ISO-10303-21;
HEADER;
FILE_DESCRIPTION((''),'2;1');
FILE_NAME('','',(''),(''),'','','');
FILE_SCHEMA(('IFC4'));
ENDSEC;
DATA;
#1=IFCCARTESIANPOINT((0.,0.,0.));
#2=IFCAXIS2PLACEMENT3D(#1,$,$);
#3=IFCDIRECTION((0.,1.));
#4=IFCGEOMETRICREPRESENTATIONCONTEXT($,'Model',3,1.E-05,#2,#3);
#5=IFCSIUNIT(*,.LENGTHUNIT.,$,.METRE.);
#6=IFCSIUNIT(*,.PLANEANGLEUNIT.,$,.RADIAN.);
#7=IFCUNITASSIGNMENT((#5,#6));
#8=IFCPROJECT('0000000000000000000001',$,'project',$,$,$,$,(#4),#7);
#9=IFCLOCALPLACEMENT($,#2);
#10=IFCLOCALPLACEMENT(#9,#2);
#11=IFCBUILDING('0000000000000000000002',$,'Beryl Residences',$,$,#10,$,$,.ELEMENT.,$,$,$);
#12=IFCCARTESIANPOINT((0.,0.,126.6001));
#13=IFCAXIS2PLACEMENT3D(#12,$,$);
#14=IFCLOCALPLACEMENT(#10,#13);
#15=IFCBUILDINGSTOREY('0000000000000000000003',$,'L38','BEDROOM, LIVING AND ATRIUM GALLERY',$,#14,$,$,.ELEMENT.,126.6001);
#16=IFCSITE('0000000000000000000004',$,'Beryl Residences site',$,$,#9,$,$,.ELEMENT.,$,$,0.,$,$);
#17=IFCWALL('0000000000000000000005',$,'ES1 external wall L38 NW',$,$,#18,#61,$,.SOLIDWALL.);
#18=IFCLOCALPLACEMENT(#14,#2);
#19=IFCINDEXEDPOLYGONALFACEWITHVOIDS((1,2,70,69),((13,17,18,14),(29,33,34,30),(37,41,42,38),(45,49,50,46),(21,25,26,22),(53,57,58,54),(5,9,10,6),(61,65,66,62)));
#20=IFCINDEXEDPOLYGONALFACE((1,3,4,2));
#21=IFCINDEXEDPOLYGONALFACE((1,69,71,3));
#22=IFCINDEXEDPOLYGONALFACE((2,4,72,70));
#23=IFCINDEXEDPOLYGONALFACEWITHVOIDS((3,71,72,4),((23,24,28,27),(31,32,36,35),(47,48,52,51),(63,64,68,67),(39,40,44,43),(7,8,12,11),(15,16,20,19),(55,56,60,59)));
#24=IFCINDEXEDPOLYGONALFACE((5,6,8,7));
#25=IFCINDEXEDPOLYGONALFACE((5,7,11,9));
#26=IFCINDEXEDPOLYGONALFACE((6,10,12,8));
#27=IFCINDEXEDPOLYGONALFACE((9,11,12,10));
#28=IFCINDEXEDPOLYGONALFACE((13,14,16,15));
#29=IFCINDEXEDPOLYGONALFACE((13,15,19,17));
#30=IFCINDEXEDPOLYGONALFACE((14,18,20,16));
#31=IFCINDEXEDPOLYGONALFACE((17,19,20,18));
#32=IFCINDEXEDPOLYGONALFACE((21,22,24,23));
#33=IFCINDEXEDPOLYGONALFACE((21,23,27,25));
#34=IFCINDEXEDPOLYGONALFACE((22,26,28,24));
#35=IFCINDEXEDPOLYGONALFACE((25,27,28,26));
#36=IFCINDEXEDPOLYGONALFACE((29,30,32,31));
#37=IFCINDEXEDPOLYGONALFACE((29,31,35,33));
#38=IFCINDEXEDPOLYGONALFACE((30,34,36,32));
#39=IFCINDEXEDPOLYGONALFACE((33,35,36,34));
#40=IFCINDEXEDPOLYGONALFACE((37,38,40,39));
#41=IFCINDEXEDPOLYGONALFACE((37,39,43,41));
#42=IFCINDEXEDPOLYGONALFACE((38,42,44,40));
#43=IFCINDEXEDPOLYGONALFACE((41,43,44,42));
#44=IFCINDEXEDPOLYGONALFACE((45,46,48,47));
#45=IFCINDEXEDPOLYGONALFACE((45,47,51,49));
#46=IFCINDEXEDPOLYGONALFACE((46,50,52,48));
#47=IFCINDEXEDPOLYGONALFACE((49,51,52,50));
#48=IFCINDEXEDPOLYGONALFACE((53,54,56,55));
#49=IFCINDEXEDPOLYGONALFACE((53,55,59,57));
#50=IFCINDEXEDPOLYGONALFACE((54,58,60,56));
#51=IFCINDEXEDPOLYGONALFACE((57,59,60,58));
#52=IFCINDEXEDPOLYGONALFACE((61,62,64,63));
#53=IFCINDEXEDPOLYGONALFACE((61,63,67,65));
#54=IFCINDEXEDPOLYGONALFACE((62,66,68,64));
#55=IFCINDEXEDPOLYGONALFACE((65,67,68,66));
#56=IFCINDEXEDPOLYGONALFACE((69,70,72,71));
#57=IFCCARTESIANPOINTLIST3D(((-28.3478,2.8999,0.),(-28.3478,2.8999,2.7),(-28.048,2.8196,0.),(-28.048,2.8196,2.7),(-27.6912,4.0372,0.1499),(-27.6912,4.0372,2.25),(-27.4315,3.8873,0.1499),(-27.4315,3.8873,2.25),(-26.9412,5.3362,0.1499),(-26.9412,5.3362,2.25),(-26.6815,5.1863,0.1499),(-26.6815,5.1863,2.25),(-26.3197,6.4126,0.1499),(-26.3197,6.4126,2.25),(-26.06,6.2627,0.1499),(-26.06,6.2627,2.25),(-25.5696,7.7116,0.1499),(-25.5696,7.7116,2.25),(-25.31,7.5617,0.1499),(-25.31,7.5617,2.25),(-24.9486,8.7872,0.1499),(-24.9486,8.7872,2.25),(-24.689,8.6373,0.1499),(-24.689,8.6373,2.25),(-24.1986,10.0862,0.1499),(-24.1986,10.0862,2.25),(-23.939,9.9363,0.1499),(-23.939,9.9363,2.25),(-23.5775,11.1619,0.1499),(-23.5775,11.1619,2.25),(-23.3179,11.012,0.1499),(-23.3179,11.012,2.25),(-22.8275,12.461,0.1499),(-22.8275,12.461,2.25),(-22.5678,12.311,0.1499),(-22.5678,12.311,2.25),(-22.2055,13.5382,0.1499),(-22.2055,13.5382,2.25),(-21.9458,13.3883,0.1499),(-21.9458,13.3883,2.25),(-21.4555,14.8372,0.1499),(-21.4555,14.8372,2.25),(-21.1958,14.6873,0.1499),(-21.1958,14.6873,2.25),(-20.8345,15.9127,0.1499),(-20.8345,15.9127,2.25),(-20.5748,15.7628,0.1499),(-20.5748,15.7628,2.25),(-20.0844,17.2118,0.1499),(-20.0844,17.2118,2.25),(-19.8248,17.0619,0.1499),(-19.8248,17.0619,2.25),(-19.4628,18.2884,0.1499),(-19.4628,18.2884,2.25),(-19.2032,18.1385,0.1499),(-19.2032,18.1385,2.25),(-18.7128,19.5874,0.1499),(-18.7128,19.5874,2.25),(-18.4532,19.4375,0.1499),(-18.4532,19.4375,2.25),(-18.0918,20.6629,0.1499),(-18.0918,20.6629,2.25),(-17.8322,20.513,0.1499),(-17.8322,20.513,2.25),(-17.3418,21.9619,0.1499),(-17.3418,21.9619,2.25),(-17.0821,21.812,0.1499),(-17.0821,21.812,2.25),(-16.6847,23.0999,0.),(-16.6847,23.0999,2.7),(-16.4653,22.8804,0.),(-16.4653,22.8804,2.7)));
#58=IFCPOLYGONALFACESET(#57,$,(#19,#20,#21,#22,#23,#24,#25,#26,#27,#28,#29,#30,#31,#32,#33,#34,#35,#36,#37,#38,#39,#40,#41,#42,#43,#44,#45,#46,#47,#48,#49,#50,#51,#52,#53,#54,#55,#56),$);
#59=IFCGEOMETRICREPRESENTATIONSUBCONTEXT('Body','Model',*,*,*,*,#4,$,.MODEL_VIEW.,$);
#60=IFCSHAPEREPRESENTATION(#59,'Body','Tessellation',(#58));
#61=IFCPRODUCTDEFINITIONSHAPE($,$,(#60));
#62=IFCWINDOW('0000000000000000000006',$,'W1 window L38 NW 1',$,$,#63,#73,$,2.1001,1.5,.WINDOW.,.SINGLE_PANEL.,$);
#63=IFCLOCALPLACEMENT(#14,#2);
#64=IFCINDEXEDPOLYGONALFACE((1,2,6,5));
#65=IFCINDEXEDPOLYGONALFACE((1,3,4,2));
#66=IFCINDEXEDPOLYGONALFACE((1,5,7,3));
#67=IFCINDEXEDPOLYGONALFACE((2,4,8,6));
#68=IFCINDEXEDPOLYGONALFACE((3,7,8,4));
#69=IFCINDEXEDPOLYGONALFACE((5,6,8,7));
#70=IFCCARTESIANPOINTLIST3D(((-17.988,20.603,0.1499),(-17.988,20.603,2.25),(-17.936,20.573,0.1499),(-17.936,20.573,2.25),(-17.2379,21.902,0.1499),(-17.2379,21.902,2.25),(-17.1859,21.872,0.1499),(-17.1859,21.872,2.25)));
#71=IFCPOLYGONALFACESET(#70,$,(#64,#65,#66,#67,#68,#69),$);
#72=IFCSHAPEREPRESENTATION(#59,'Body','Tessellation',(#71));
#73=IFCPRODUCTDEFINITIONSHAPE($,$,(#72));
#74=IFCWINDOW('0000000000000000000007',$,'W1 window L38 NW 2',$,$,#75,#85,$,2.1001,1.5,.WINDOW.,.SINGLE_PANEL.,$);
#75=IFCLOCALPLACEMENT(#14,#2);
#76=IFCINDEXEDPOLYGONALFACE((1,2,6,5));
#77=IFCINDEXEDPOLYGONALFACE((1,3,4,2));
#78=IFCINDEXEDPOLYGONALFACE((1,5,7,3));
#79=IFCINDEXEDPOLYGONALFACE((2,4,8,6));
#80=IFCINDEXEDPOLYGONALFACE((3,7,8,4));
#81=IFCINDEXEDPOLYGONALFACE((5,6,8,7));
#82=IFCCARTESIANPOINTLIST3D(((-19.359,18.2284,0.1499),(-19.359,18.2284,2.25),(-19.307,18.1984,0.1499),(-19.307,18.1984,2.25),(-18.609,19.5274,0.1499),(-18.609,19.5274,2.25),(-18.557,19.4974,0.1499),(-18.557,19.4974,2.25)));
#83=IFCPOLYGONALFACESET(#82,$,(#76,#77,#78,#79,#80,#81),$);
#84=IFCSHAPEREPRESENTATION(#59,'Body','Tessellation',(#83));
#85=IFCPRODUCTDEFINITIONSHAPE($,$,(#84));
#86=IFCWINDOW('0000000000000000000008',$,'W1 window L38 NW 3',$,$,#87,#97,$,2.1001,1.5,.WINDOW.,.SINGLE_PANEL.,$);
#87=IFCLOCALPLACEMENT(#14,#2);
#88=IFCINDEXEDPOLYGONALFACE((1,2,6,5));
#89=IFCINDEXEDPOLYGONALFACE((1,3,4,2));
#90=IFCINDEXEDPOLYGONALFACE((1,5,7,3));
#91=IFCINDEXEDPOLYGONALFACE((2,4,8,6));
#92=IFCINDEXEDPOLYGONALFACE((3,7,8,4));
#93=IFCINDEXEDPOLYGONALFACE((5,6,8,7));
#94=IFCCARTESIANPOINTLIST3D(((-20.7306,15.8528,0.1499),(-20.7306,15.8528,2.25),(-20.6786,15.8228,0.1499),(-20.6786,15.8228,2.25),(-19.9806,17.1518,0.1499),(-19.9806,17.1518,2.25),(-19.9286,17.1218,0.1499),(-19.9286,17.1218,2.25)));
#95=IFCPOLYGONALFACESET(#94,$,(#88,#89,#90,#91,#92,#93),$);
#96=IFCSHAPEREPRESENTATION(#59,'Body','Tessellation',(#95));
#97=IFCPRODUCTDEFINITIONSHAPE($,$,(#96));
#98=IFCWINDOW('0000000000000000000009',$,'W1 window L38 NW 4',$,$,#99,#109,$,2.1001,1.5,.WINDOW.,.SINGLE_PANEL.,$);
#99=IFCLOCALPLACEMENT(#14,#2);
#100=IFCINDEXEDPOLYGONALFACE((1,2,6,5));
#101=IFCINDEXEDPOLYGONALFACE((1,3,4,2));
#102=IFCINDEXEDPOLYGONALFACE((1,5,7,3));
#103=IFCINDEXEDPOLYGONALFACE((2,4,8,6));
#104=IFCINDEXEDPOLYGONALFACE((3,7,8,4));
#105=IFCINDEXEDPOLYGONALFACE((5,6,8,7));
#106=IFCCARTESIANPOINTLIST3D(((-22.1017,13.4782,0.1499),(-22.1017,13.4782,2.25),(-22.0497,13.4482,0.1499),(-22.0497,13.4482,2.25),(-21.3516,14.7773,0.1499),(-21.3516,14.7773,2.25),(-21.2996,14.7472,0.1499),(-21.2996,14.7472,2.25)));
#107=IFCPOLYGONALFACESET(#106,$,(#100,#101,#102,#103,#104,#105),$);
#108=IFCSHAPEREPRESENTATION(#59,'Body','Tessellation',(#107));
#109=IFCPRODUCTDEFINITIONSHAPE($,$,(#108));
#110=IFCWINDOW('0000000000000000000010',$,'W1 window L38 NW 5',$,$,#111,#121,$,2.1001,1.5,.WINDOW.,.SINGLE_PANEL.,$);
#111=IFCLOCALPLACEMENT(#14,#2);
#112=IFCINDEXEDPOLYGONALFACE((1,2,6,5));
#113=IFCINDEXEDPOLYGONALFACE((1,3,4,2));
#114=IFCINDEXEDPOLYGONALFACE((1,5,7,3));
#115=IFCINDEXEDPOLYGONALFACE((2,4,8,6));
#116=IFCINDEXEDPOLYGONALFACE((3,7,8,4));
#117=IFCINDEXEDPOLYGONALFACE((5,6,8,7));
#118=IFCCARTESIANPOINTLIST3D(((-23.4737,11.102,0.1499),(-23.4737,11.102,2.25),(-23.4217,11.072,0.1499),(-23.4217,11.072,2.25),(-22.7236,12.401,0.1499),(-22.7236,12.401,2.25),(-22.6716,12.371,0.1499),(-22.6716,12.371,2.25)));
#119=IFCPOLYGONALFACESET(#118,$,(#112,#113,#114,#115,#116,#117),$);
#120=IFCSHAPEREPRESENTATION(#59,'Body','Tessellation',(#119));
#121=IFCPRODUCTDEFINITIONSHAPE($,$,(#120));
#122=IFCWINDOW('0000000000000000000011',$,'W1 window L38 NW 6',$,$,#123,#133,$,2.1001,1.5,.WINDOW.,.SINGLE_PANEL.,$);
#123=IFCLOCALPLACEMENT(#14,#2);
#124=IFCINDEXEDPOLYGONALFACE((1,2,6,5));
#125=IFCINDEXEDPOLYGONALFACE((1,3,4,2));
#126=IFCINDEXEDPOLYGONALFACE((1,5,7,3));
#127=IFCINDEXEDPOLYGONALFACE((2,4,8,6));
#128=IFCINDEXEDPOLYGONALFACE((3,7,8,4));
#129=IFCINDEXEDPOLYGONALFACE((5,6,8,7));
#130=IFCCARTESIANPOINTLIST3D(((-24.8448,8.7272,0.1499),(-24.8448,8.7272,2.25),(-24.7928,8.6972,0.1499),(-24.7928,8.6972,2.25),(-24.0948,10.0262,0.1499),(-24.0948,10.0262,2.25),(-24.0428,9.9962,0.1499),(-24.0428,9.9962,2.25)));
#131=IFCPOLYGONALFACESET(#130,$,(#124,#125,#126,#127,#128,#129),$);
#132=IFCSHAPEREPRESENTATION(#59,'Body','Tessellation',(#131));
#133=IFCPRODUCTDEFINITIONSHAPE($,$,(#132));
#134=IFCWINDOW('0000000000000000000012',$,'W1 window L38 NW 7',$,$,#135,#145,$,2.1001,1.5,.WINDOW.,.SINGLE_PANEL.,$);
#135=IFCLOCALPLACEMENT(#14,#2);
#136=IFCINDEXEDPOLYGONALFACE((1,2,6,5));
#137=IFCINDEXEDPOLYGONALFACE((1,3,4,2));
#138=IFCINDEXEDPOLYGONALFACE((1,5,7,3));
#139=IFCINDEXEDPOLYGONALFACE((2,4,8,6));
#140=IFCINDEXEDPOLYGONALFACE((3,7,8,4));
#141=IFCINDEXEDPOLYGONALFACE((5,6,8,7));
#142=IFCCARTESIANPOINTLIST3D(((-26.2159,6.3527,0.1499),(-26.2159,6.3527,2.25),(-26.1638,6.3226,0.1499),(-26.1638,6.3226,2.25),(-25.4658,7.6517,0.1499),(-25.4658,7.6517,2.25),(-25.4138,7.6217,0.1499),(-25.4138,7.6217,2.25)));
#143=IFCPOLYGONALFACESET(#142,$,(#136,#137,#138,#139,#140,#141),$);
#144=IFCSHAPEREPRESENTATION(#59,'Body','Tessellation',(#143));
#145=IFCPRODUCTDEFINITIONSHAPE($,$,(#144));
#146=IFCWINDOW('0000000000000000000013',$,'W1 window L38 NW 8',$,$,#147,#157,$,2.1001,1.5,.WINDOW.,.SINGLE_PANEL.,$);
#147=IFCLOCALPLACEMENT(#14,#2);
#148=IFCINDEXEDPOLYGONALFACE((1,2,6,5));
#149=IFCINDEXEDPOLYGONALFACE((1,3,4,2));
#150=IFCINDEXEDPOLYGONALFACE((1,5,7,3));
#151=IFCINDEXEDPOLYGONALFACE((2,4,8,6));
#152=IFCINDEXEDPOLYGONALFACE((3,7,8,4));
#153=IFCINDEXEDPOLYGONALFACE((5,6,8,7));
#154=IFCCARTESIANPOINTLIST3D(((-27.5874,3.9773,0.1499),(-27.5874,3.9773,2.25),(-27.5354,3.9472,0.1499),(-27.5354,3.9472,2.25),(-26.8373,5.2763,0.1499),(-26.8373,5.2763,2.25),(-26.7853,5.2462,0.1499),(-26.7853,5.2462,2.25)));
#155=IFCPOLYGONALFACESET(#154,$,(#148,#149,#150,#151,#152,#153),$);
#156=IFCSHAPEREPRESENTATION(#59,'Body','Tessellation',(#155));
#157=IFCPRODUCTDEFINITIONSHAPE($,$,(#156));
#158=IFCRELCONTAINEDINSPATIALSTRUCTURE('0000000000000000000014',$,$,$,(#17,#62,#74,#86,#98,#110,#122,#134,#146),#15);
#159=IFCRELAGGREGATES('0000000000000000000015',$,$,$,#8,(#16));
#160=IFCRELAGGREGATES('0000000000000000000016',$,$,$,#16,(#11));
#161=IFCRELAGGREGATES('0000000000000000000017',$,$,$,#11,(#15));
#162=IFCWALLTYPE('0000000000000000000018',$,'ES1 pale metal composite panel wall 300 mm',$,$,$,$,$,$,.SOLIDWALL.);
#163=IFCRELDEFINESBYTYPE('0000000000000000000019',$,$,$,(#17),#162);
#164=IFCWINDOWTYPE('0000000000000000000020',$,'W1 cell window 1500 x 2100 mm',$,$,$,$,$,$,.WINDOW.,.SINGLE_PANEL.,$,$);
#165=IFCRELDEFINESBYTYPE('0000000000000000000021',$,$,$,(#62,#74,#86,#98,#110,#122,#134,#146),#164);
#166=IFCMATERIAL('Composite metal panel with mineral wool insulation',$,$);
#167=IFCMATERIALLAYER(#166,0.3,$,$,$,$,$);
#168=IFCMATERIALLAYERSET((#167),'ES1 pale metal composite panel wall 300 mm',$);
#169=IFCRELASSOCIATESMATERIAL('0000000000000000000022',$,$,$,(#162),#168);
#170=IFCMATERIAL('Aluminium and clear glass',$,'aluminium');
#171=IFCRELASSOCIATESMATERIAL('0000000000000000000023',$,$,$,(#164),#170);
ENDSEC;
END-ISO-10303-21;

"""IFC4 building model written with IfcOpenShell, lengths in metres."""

from ifc_helpers import new_model, si_unit, direction, frame, frame_2d, origin, place, context, subcontext, project, spatial, polyline, rectangle, outline, extrude, material, layer, layer_set, type_object, element, fill, save


model = new_model("IFC4")

# Units and contexts
model_context = context("Model", 3, precision=1e-05, world=origin(), true_north=direction((0.0, 1.0)))
body_context = subcontext(model_context, "Body", "Model", "MODEL_VIEW")
ifc_project = project(units=[si_unit("LENGTHUNIT", "METRE"), si_unit("PLANEANGLEUNIT", "RADIAN")], contexts=[model_context])

# Site, building, storey
site_placement = place(None, origin())
site = spatial("IfcSite", under=ifc_project, at=site_placement, Name="Beryl Residences site", CompositionType="ELEMENT", RefElevation=0.0)
building_placement = place(site_placement, origin())
building = spatial("IfcBuilding", under=site, at=building_placement, Name="Beryl Residences", CompositionType="ELEMENT")
storey_placement = place(building_placement, frame((0.0, 0.0, 126.6001)))
storey = spatial("IfcBuildingStorey", under=building, at=storey_placement, Name="L38", Description="BEDROOM, LIVING AND ATRIUM GALLERY", CompositionType="ELEMENT", Elevation=126.6001)

# Wall, openings, windows
ifc_material_1 = material(Name="Composite metal panel with mineral wool insulation")
ifc_layer_1 = layer(ifc_material_1, 0.3)
ifc_layer_set_1 = layer_set([ifc_layer_1], Name="ES1 pale metal composite panel wall 300 mm")
wall_type_1 = type_object("IfcWallType", Name="ES1 pale metal composite panel wall 300 mm", PredefinedType="SOLIDWALL", material=ifc_layer_set_1)
wall_1_placement = place(storey_placement, frame((-16.5549, 23.0249, 0.0), z_axis=(0.0, 0.0, 1.0), x_axis=(-0.500021, -0.866014, 0.0)))
wall_1 = element("IfcWall", 1, at=wall_1_placement, inside=storey, type_object=wall_type_1, Name="ES1 external wall L38 NW", PredefinedType="SOLIDWALL", context=body_context, shape_type="SweptSolid", body=[
    extrude(outline(polyline([(0.0, -0.1499), (23.3252, -0.1499), (23.2449, 0.1499), (0.0803, 0.1499), (0.0, -0.1499)])), origin(), (0.0, 0.0, 1.0), 2.7),
])
opening_1_placement = place(wall_1_placement, frame((1.314, 0.0, 0.1499)))
opening_1 = element("IfcOpeningElement", 2, at=opening_1_placement, cuts=wall_1, PredefinedType="OPENING", context=body_context, shape_type="SweptSolid", body=[
    extrude(rectangle(XDim=1.5, YDim=2.1001, at=frame_2d((0.75, 1.05))), frame((0.0, 0.1599, 0.0), z_axis=(0.0, -1.0, 0.0), x_axis=(1.0, 0.0, 0.0)), (0.0, 0.0, 1.0), 0.3201),
])
opening_2_placement = place(wall_1_placement, frame((4.0559, 0.0, 0.1499)))
opening_2 = element("IfcOpeningElement", 3, at=opening_2_placement, cuts=wall_1, PredefinedType="OPENING", context=body_context, shape_type="SweptSolid", body=[
    extrude(rectangle(XDim=1.5, YDim=2.1001, at=frame_2d((0.75, 1.05))), frame((0.0, 0.1599, 0.0), z_axis=(0.0, -1.0, 0.0), x_axis=(1.0, 0.0, 0.0)), (0.0, 0.0, 1.0), 0.3201),
])
opening_3_placement = place(wall_1_placement, frame((6.7991, 0.0, 0.1499)))
opening_3 = element("IfcOpeningElement", 4, at=opening_3_placement, cuts=wall_1, PredefinedType="OPENING", context=body_context, shape_type="SweptSolid", body=[
    extrude(rectangle(XDim=1.5, YDim=2.1001, at=frame_2d((0.75, 1.05))), frame((0.0, 0.1599, 0.0), z_axis=(0.0, -1.0, 0.0), x_axis=(1.0, 0.0, 0.0)), (0.0, 0.0, 1.0), 0.3201),
])
opening_4_placement = place(wall_1_placement, frame((9.541, 0.0, 0.1499)))
opening_4 = element("IfcOpeningElement", 5, at=opening_4_placement, cuts=wall_1, PredefinedType="OPENING", context=body_context, shape_type="SweptSolid", body=[
    extrude(rectangle(XDim=1.5, YDim=2.1001, at=frame_2d((0.75, 1.05))), frame((0.0, 0.1599, 0.0), z_axis=(0.0, -1.0, 0.0), x_axis=(1.0, 0.0, 0.0)), (0.0, 0.0, 1.0), 0.3201),
])
opening_5_placement = place(wall_1_placement, frame((12.2849, 0.0, 0.1499)))
opening_5 = element("IfcOpeningElement", 6, at=opening_5_placement, cuts=wall_1, PredefinedType="OPENING", context=body_context, shape_type="SweptSolid", body=[
    extrude(rectangle(XDim=1.5, YDim=2.1001, at=frame_2d((0.75, 1.05))), frame((0.0, 0.1599, 0.0), z_axis=(0.0, -1.0, 0.0), x_axis=(1.0, 0.0, 0.0)), (0.0, 0.0, 1.0), 0.3201),
])
opening_6_placement = place(wall_1_placement, frame((15.0271, 0.0, 0.1499)))
opening_6 = element("IfcOpeningElement", 7, at=opening_6_placement, cuts=wall_1, PredefinedType="OPENING", context=body_context, shape_type="SweptSolid", body=[
    extrude(rectangle(XDim=1.5, YDim=2.1001, at=frame_2d((0.75, 1.05))), frame((0.0, 0.1599, 0.0), z_axis=(0.0, -1.0, 0.0), x_axis=(1.0, 0.0, 0.0)), (0.0, 0.0, 1.0), 0.3201),
])
opening_7_placement = place(wall_1_placement, frame((17.769, 0.0, 0.1499)))
opening_7 = element("IfcOpeningElement", 8, at=opening_7_placement, cuts=wall_1, PredefinedType="OPENING", context=body_context, shape_type="SweptSolid", body=[
    extrude(rectangle(XDim=1.5, YDim=2.1001, at=frame_2d((0.75, 1.05))), frame((0.0, 0.1599, 0.0), z_axis=(0.0, -1.0, 0.0), x_axis=(1.0, 0.0, 0.0)), (0.0, 0.0, 1.0), 0.3201),
])
opening_8_placement = place(wall_1_placement, frame((20.512, 0.0, 0.1499)))
opening_8 = element("IfcOpeningElement", 9, at=opening_8_placement, cuts=wall_1, PredefinedType="OPENING", context=body_context, shape_type="SweptSolid", body=[
    extrude(rectangle(XDim=1.5, YDim=2.1001, at=frame_2d((0.75, 1.05))), frame((0.0, 0.1599, 0.0), z_axis=(0.0, -1.0, 0.0), x_axis=(1.0, 0.0, 0.0)), (0.0, 0.0, 1.0), 0.3201),
])
ifc_material_2 = material(Name="Aluminium and clear glass", Category="aluminium")
window_type = type_object("IfcWindowType", Name="W1 cell window 1500 x 2100 mm", PartitioningType="SINGLE_PANEL", PredefinedType="WINDOW", material=ifc_material_2)
window_1_placement = place(opening_1_placement, origin())
window_1 = element("IfcWindow", 10, at=window_1_placement, inside=storey, type_object=window_type, Name="W1 window L38 NW 1", OverallHeight=2.1001, OverallWidth=1.5, PartitioningType="SINGLE_PANEL", PredefinedType="WINDOW", context=body_context, shape_type="SweptSolid", body=[
    extrude(rectangle(XDim=1.5, YDim=2.1001, at=frame_2d((0.75, 1.05))), frame((0.0, 0.03, 0.0), z_axis=(0.0, -1.0, 0.0), x_axis=(1.0, 0.0, 0.0)), (0.0, 0.0, 1.0), 0.0601),
])
fill(opening_1, window_1)
window_2_placement = place(opening_2_placement, origin())
window_2 = element("IfcWindow", 11, at=window_2_placement, inside=storey, type_object=window_type, Name="W1 window L38 NW 2", OverallHeight=2.1001, OverallWidth=1.5, PartitioningType="SINGLE_PANEL", PredefinedType="WINDOW", context=body_context, shape_type="SweptSolid", body=[
    extrude(rectangle(XDim=1.5, YDim=2.1001, at=frame_2d((0.75, 1.05))), frame((0.0, 0.03, 0.0), z_axis=(0.0, -1.0, 0.0), x_axis=(1.0, 0.0, 0.0)), (0.0, 0.0, 1.0), 0.0601),
])
fill(opening_2, window_2)
window_3_placement = place(opening_3_placement, origin())
window_3 = element("IfcWindow", 12, at=window_3_placement, inside=storey, type_object=window_type, Name="W1 window L38 NW 3", OverallHeight=2.1001, OverallWidth=1.5, PartitioningType="SINGLE_PANEL", PredefinedType="WINDOW", context=body_context, shape_type="SweptSolid", body=[
    extrude(rectangle(XDim=1.5, YDim=2.1001, at=frame_2d((0.75, 1.05))), frame((0.0, 0.03, 0.0), z_axis=(0.0, -1.0, 0.0), x_axis=(1.0, 0.0, 0.0)), (0.0, 0.0, 1.0), 0.0601),
])
fill(opening_3, window_3)
window_4_placement = place(opening_4_placement, origin())
window_4 = element("IfcWindow", 13, at=window_4_placement, inside=storey, type_object=window_type, Name="W1 window L38 NW 4", OverallHeight=2.1001, OverallWidth=1.5, PartitioningType="SINGLE_PANEL", PredefinedType="WINDOW", context=body_context, shape_type="SweptSolid", body=[
    extrude(rectangle(XDim=1.5, YDim=2.1001, at=frame_2d((0.75, 1.05))), frame((0.0, 0.03, 0.0), z_axis=(0.0, -1.0, 0.0), x_axis=(1.0, 0.0, 0.0)), (0.0, 0.0, 1.0), 0.0601),
])
fill(opening_4, window_4)
window_5_placement = place(opening_5_placement, origin())
window_5 = element("IfcWindow", 14, at=window_5_placement, inside=storey, type_object=window_type, Name="W1 window L38 NW 5", OverallHeight=2.1001, OverallWidth=1.5, PartitioningType="SINGLE_PANEL", PredefinedType="WINDOW", context=body_context, shape_type="SweptSolid", body=[
    extrude(rectangle(XDim=1.5, YDim=2.1001, at=frame_2d((0.75, 1.05))), frame((0.0, 0.03, 0.0), z_axis=(0.0, -1.0, 0.0), x_axis=(1.0, 0.0, 0.0)), (0.0, 0.0, 1.0), 0.0601),
])
fill(opening_5, window_5)
window_6_placement = place(opening_6_placement, origin())
window_6 = element("IfcWindow", 15, at=window_6_placement, inside=storey, type_object=window_type, Name="W1 window L38 NW 6", OverallHeight=2.1001, OverallWidth=1.5, PartitioningType="SINGLE_PANEL", PredefinedType="WINDOW", context=body_context, shape_type="SweptSolid", body=[
    extrude(rectangle(XDim=1.5, YDim=2.1001, at=frame_2d((0.75, 1.05))), frame((0.0, 0.03, 0.0), z_axis=(0.0, -1.0, 0.0), x_axis=(1.0, 0.0, 0.0)), (0.0, 0.0, 1.0), 0.0601),
])
fill(opening_6, window_6)
window_7_placement = place(opening_7_placement, origin())
window_7 = element("IfcWindow", 16, at=window_7_placement, inside=storey, type_object=window_type, Name="W1 window L38 NW 7", OverallHeight=2.1001, OverallWidth=1.5, PartitioningType="SINGLE_PANEL", PredefinedType="WINDOW", context=body_context, shape_type="SweptSolid", body=[
    extrude(rectangle(XDim=1.5, YDim=2.1001, at=frame_2d((0.75, 1.05))), frame((0.0, 0.03, 0.0), z_axis=(0.0, -1.0, 0.0), x_axis=(1.0, 0.0, 0.0)), (0.0, 0.0, 1.0), 0.0601),
])
fill(opening_7, window_7)
window_8_placement = place(opening_8_placement, origin())
window_8 = element("IfcWindow", 17, at=window_8_placement, inside=storey, type_object=window_type, Name="W1 window L38 NW 8", OverallHeight=2.1001, OverallWidth=1.5, PartitioningType="SINGLE_PANEL", PredefinedType="WINDOW", context=body_context, shape_type="SweptSolid", body=[
    extrude(rectangle(XDim=1.5, YDim=2.1001, at=frame_2d((0.75, 1.05))), frame((0.0, 0.03, 0.0), z_axis=(0.0, -1.0, 0.0), x_axis=(1.0, 0.0, 0.0)), (0.0, 0.0, 1.0), 0.0601),
])
fill(opening_8, window_8)

save(model, "model.ifc")
